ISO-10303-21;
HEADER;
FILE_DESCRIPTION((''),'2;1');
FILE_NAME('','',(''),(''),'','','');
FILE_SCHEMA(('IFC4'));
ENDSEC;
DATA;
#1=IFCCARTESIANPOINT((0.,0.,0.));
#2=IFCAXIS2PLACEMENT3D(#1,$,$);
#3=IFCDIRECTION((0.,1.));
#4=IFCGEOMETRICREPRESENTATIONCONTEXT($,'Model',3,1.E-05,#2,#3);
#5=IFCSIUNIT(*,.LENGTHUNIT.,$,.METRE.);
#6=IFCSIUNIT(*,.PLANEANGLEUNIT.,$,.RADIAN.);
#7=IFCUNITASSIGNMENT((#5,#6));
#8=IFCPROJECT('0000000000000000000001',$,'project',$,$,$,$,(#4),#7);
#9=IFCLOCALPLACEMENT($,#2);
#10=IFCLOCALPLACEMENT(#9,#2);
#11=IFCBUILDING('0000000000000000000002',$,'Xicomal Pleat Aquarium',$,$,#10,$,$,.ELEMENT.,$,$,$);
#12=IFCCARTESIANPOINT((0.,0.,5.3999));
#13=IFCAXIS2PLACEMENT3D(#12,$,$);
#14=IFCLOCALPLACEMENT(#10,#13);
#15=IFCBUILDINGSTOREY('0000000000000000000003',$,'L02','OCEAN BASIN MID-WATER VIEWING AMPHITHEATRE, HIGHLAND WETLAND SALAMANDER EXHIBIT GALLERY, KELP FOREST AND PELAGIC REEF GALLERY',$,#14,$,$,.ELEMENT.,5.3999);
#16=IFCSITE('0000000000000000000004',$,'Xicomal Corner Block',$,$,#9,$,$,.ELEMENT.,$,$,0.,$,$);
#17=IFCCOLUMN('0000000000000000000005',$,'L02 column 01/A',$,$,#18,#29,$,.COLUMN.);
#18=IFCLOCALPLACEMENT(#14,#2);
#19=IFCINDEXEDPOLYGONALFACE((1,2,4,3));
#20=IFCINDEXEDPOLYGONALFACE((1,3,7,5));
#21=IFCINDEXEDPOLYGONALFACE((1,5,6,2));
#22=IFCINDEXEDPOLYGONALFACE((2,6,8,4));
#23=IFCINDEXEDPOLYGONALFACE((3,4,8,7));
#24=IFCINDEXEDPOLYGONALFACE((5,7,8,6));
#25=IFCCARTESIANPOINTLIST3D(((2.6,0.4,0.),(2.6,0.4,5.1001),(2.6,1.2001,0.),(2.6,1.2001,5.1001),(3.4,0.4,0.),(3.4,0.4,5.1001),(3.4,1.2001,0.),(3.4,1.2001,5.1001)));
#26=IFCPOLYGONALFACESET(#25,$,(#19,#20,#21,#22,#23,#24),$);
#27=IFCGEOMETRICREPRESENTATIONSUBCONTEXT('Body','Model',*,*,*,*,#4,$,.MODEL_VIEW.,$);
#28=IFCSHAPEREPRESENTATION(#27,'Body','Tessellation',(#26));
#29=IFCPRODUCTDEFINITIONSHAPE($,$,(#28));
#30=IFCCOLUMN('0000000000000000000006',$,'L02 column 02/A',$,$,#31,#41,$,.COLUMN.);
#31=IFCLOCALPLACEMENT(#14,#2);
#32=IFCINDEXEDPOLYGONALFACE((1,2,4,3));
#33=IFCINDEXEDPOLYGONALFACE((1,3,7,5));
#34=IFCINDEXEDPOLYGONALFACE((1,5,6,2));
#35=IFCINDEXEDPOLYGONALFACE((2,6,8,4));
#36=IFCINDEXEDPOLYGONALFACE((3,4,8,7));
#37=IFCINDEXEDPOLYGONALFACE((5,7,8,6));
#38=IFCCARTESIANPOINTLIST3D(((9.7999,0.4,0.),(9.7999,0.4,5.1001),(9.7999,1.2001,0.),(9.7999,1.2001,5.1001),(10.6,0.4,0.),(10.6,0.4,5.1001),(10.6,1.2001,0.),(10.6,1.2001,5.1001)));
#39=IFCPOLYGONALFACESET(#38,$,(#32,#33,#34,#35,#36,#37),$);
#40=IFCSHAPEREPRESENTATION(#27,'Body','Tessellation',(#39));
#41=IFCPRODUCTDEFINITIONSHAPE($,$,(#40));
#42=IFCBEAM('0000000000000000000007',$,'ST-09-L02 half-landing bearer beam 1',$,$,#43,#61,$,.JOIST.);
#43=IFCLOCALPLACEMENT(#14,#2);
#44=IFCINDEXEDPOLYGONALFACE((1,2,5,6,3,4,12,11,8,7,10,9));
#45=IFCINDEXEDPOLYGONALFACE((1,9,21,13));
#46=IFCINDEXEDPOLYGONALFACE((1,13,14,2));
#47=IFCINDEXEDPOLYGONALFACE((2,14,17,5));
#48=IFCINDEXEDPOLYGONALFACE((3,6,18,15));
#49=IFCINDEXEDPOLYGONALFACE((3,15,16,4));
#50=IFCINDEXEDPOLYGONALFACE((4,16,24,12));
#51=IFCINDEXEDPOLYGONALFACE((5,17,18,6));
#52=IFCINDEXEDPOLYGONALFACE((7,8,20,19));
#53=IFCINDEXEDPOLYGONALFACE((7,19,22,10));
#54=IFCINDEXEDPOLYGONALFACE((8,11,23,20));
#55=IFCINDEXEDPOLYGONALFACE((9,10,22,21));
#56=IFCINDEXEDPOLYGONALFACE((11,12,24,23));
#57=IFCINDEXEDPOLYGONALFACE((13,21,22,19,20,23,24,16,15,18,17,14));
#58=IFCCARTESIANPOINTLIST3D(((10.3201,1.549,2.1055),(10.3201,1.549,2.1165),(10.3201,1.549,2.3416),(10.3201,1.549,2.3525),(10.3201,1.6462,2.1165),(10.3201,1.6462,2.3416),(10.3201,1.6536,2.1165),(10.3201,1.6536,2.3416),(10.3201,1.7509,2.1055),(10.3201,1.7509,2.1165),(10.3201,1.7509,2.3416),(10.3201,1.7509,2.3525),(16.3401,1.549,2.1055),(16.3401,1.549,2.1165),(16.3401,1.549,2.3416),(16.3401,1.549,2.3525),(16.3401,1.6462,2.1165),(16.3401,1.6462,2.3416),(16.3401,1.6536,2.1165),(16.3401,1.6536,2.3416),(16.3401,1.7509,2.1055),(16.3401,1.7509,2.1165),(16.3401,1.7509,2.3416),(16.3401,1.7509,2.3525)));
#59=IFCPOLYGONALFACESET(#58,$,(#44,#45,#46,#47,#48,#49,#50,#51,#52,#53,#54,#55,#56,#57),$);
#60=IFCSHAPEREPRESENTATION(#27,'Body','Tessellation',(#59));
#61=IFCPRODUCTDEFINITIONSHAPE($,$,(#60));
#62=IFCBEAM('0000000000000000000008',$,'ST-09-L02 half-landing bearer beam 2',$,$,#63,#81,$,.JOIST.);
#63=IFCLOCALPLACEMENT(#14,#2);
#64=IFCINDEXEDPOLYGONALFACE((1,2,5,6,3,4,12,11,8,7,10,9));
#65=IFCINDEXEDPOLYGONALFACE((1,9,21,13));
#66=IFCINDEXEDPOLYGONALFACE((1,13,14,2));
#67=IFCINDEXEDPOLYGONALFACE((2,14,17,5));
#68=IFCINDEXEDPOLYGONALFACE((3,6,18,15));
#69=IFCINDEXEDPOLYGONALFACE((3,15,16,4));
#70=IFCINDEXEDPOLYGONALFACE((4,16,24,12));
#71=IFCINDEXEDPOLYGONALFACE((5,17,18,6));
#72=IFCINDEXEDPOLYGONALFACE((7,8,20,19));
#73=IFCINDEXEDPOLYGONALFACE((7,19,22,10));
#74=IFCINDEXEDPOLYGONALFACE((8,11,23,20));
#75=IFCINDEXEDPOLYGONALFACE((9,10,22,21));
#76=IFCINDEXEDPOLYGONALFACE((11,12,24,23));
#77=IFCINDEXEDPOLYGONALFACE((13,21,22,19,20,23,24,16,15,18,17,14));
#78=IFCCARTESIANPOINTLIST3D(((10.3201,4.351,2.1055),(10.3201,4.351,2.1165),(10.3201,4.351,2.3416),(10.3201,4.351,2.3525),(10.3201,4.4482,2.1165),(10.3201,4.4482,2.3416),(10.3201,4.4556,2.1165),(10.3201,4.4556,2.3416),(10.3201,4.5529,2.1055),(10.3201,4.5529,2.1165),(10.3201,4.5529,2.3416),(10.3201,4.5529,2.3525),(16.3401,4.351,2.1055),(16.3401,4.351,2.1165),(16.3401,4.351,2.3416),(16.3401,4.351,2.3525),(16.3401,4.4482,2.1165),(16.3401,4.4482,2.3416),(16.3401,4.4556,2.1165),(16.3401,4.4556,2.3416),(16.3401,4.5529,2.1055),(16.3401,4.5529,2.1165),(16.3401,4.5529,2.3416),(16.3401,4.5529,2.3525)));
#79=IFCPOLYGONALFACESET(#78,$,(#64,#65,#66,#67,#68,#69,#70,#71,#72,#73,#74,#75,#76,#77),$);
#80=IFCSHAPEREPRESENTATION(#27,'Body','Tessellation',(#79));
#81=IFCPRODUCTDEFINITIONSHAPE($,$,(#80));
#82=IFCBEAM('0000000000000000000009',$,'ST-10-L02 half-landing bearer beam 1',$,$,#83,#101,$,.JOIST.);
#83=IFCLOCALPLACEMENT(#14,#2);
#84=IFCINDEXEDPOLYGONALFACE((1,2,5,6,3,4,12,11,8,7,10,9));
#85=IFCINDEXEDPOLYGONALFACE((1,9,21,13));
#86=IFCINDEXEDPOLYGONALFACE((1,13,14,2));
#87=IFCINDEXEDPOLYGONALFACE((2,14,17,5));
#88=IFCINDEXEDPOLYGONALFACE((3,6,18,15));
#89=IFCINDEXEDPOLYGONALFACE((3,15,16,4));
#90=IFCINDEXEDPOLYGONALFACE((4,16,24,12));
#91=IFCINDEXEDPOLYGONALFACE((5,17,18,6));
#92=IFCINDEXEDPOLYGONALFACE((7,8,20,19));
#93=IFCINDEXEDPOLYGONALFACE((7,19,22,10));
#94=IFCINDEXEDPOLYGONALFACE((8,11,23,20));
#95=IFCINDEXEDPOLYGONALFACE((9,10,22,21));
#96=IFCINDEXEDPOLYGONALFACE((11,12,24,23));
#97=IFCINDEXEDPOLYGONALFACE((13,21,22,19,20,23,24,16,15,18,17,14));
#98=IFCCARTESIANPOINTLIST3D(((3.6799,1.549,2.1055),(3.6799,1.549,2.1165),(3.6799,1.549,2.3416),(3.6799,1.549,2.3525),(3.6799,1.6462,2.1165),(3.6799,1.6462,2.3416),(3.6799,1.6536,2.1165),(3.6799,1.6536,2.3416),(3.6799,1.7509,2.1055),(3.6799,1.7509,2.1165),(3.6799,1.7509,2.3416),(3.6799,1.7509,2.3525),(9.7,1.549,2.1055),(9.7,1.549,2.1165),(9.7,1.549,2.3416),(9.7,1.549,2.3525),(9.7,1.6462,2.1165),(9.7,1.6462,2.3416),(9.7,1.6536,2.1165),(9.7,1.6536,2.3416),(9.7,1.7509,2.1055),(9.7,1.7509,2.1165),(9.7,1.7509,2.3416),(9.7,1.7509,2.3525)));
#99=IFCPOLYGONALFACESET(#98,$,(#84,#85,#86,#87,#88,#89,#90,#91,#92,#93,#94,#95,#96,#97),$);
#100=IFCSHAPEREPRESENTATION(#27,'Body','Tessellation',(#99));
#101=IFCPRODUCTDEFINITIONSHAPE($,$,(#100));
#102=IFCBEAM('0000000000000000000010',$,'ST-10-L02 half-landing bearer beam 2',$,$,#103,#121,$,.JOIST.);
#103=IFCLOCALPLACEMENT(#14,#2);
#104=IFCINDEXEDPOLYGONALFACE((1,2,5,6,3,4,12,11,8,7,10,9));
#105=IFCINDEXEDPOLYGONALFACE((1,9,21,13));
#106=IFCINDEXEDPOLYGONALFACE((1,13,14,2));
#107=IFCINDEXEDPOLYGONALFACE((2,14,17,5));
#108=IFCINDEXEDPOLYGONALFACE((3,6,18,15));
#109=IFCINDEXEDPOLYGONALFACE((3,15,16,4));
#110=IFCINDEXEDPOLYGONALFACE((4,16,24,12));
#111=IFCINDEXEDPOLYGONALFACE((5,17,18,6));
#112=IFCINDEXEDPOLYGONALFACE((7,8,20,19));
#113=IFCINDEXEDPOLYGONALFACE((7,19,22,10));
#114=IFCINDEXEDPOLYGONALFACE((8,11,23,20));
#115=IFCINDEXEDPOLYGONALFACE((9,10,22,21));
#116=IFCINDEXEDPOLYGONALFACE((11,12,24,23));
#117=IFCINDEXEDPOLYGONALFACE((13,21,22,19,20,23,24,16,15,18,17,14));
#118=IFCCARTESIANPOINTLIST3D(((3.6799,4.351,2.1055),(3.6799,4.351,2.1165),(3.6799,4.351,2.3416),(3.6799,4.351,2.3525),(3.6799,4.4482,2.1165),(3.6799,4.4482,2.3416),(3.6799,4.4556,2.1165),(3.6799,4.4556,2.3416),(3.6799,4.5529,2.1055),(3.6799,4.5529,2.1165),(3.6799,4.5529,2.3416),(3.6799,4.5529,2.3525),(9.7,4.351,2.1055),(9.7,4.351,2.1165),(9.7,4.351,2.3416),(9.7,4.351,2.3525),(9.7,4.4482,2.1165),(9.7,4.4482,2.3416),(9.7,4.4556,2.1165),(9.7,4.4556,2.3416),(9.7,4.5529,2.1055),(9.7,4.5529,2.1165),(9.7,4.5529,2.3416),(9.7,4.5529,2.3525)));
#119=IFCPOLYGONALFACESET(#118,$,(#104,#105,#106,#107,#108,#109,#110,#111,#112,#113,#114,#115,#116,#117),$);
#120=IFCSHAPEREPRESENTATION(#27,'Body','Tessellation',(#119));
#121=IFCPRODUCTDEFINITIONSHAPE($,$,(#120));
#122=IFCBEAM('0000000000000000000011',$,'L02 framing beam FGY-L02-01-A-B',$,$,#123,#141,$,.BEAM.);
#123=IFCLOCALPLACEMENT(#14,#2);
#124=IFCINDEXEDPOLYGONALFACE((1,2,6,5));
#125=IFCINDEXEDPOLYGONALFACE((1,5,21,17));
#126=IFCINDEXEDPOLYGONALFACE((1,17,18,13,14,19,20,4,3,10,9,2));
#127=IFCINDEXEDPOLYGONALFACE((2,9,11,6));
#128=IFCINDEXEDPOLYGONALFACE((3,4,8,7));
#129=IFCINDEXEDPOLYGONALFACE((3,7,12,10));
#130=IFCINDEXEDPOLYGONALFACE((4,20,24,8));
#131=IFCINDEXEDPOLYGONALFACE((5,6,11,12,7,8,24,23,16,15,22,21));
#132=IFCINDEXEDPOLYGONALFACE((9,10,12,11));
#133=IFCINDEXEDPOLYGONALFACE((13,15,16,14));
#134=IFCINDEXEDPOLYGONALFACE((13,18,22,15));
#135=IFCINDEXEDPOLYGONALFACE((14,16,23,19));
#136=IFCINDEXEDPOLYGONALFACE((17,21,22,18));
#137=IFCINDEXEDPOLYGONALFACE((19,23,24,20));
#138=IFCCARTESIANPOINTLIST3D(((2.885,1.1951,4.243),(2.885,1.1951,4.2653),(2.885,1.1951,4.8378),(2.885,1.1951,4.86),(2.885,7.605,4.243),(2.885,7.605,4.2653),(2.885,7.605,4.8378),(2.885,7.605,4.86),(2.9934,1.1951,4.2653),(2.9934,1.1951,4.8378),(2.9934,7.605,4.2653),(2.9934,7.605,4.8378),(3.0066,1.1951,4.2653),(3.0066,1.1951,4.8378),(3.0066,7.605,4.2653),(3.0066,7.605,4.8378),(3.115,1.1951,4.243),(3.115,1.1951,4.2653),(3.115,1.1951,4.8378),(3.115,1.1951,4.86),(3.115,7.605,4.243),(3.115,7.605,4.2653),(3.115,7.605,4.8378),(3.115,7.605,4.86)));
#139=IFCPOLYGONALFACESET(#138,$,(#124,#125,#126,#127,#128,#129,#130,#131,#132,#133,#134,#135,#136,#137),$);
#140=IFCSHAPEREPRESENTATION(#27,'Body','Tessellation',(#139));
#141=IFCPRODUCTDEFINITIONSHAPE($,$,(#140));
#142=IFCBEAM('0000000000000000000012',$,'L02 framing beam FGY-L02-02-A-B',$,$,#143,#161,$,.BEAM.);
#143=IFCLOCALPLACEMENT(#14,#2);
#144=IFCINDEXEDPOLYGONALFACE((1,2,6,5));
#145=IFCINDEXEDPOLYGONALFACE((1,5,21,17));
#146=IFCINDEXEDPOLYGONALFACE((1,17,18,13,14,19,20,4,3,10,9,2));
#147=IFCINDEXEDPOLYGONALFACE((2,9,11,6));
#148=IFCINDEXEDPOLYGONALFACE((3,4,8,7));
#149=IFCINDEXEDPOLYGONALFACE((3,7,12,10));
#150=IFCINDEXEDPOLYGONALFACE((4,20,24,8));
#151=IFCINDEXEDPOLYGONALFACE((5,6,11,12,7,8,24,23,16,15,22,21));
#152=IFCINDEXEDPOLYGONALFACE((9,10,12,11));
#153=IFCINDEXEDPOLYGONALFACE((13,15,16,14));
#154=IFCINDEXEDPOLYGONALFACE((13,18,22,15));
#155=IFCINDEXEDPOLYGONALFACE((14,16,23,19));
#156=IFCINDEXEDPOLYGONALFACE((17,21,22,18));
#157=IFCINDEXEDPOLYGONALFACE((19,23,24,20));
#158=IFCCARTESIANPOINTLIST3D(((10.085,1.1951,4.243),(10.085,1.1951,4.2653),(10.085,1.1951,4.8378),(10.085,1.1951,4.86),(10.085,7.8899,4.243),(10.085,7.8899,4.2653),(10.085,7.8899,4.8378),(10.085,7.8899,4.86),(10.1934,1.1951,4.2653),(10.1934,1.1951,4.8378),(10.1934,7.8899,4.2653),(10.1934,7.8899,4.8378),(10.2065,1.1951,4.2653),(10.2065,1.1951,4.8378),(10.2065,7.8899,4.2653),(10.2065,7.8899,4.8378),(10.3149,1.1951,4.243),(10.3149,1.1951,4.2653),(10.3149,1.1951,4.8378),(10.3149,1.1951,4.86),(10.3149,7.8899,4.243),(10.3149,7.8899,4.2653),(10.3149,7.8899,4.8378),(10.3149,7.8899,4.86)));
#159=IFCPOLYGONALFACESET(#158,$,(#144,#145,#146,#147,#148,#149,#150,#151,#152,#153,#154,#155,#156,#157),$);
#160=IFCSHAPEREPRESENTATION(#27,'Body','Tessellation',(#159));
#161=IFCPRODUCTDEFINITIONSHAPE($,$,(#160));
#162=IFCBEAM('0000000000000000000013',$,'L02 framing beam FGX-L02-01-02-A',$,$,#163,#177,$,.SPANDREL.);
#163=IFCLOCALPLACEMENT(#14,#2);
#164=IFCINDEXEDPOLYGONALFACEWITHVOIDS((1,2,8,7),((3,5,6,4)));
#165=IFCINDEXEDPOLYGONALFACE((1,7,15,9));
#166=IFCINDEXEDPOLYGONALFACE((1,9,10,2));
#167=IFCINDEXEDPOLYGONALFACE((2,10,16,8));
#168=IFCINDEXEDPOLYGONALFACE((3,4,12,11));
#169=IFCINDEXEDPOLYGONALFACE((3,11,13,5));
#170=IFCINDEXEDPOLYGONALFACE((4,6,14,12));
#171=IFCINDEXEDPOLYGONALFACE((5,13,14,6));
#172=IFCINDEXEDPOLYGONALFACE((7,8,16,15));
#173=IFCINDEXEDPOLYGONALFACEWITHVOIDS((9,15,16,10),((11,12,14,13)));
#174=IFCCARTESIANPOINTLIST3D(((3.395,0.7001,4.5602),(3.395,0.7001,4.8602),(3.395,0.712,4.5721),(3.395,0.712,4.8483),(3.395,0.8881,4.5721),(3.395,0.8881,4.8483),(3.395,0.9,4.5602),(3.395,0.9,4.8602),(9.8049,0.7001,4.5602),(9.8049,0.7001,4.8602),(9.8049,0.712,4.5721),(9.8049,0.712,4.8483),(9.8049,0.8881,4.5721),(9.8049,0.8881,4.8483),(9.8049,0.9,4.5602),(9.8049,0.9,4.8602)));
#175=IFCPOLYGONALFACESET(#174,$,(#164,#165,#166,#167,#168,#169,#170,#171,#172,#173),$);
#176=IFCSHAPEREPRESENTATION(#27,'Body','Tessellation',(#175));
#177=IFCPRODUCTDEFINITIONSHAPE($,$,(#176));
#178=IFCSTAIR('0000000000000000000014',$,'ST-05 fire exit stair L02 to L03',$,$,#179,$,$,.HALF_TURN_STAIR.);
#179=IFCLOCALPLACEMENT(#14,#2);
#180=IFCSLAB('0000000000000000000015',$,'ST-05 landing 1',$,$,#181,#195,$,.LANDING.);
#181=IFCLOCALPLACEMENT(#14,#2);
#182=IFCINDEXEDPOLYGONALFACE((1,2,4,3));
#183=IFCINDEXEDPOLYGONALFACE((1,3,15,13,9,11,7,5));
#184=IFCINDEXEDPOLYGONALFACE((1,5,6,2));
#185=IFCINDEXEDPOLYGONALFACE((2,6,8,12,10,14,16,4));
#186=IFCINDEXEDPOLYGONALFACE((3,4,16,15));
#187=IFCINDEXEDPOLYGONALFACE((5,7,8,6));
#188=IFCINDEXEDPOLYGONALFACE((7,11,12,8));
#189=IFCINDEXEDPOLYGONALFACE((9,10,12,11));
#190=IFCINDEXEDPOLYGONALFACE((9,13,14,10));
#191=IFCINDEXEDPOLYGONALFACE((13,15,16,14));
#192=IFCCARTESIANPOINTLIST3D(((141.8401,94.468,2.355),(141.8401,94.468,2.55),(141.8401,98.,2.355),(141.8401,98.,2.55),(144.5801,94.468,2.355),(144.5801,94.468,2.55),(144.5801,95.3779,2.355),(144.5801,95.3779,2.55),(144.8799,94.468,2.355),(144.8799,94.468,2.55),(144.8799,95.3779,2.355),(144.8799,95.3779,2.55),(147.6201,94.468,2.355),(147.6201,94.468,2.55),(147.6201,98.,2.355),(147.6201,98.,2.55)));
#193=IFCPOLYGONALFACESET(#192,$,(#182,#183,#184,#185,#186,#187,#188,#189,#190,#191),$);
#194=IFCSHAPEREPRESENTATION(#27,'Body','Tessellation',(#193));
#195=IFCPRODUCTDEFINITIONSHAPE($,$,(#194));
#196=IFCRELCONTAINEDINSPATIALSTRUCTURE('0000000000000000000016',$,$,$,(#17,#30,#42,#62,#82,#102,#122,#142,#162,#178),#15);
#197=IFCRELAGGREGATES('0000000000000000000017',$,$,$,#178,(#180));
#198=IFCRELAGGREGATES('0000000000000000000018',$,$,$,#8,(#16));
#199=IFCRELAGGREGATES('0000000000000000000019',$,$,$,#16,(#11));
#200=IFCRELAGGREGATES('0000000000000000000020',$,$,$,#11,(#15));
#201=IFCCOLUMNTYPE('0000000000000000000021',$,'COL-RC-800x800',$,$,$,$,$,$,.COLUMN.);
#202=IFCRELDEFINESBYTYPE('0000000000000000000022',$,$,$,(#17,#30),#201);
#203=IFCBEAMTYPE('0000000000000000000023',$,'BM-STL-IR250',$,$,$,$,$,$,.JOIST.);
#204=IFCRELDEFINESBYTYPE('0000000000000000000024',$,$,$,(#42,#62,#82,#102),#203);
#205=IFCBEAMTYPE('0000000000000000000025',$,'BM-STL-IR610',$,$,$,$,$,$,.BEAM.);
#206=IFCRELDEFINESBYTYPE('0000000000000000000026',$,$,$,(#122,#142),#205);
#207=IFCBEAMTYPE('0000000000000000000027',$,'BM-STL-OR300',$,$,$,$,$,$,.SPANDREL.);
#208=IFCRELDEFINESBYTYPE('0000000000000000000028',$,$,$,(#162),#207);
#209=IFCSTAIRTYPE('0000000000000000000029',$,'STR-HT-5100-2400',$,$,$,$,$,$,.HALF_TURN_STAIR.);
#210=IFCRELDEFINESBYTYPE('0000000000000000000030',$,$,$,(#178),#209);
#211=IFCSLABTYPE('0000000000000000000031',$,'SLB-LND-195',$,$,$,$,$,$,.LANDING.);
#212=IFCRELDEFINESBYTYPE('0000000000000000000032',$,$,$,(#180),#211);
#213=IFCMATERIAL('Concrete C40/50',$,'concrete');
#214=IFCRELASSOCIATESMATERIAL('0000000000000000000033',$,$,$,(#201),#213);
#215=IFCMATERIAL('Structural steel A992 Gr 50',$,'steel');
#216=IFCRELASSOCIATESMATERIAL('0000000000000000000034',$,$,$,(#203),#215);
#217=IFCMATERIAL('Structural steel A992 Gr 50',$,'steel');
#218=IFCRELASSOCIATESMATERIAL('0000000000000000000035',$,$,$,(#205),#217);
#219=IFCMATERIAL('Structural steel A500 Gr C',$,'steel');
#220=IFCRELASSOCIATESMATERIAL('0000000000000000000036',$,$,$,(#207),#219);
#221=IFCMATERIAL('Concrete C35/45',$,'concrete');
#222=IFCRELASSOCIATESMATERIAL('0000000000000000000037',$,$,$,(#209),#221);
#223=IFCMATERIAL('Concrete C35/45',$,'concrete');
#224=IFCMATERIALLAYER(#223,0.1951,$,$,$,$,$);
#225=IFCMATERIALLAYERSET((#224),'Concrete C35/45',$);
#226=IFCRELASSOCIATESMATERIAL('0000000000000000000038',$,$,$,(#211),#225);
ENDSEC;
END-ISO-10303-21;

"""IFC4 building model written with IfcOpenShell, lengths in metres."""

from ifc_helpers import new_model, si_unit, direction, frame, origin, origin_2d, place, context, subcontext, project, spatial, polyline, rectangle, hollow_rectangle, i_section, outline, extrude, material, layer, layer_set, material_profile, profile_set, type_object, element, aggregate, save


model = new_model("IFC4")

# Units and contexts
model_context = context("Model", 3, precision=1e-05, world=origin(), true_north=direction((0.0, 1.0)))
body_context = subcontext(model_context, "Body", "Model", "MODEL_VIEW")
ifc_project = project(units=[si_unit("LENGTHUNIT", "METRE"), si_unit("PLANEANGLEUNIT", "RADIAN")], contexts=[model_context])

# Site, building, storey
site_placement = place(None, origin())
site = spatial("IfcSite", under=ifc_project, at=site_placement, Name="Xicomal Corner Block", CompositionType="ELEMENT", RefElevation=0.0)
building_placement = place(site_placement, origin())
building = spatial("IfcBuilding", under=site, at=building_placement, Name="Xicomal Pleat Aquarium", CompositionType="ELEMENT")
storey_placement = place(building_placement, frame((0.0, 0.0, 5.3999)))
storey = spatial("IfcBuildingStorey", under=building, at=storey_placement, Name="L02", Description="OCEAN BASIN MID-WATER VIEWING AMPHITHEATRE, HIGHLAND WETLAND SALAMANDER EXHIBIT GALLERY, KELP FOREST AND PELAGIC REEF GALLERY", CompositionType="ELEMENT", Elevation=5.3999)

# Columns
ifc_material_1 = material(Name="Concrete C40/50", Category="concrete")
ifc_material_profile_1 = material_profile(ifc_material_1, rectangle(XDim=0.8, YDim=0.8, at=origin_2d()), Name="RC 800x800")
ifc_profile_set_1 = profile_set([ifc_material_profile_1], Name="Concrete C40/50")
column_type = type_object("IfcColumnType", Name="COL-RC-800x800", PredefinedType="COLUMN", material=ifc_profile_set_1)
for number, where, z_axis, x_axis, name in (
    (1, (3.0, 0.8, 0.0), (0.0, 0.0, 1.0), (1.0, 0.0, 0.0), "L02 column 01/A"),
    (2, (10.2, 0.8, 0.0), (0.0, 0.0, 1.0), (1.0, 0.0, 0.0), "L02 column 02/A"),
):
    element("IfcColumn", number, at=place(storey_placement, frame(where, z_axis=z_axis, x_axis=x_axis)), inside=storey, type_object=column_type, Name=name, PredefinedType="COLUMN", context=body_context, shape_type="SweptSolid", body=[
        extrude(rectangle(XDim=0.8, YDim=0.8, at=origin_2d()), origin(), (0.0, 0.0, 1.0), 5.1001),
    ])

# Beams
ifc_material_2 = material(Name="Structural steel A992 Gr 50", Category="steel")
ifc_material_profile_2 = material_profile(ifc_material_2, i_section(OverallWidth=0.2019, OverallDepth=0.2471, WebThickness=0.0073, FlangeThickness=0.011, at=origin_2d()), Name="IR 250x49")
ifc_profile_set_2 = profile_set([ifc_material_profile_2], Name="Structural steel A992 Gr 50")
beam_type_1 = type_object("IfcBeamType", Name="BM-STL-IR250", PredefinedType="JOIST", material=ifc_profile_set_2)
for number, where, z_axis, x_axis, name in (
    (3, (10.3201, 1.6499, 2.229), (1.0, 0.0, 0.0), (0.0, 1.0, 0.0), "ST-09-L02 half-landing bearer beam 1"),
    (4, (10.3201, 4.4519, 2.229), (1.0, 0.0, 0.0), (0.0, 1.0, 0.0), "ST-09-L02 half-landing bearer beam 2"),
    (5, (3.6799, 1.6499, 2.229), (1.0, 0.0, 0.0), (0.0, 1.0, 0.0), "ST-10-L02 half-landing bearer beam 1"),
    (6, (3.6799, 4.4519, 2.229), (1.0, 0.0, 0.0), (0.0, 1.0, 0.0), "ST-10-L02 half-landing bearer beam 2"),
):
    element("IfcBeam", number, at=place(storey_placement, frame(where, z_axis=z_axis, x_axis=x_axis)), inside=storey, type_object=beam_type_1, Name=name, PredefinedType="JOIST", context=body_context, shape_type="SweptSolid", body=[
        extrude(i_section(OverallWidth=0.2019, OverallDepth=0.2471, WebThickness=0.0073, FlangeThickness=0.011, at=origin_2d()), origin(), (0.0, 0.0, 1.0), 6.02),
    ])
ifc_material_3 = material(Name="Structural steel A992 Gr 50", Category="steel")
ifc_material_profile_3 = material_profile(ifc_material_3, i_section(OverallWidth=0.23, OverallDepth=0.6169, WebThickness=0.0132, FlangeThickness=0.0222, at=origin_2d()), Name="IR 610x140")
ifc_profile_set_3 = profile_set([ifc_material_profile_3], Name="Structural steel A992 Gr 50")
beam_type_2 = type_object("IfcBeamType", Name="BM-STL-IR610", PredefinedType="BEAM", material=ifc_profile_set_3)
beam_1_placement = place(storey_placement, frame((3.0, 1.1951, 4.5515), z_axis=(0.0, 1.0, 0.0), x_axis=(-1.0, 0.0, 0.0)))
element("IfcBeam", 7, at=beam_1_placement, inside=storey, type_object=beam_type_2, Name="L02 framing beam FGY-L02-01-A-B", PredefinedType="BEAM", context=body_context, shape_type="SweptSolid", body=[
    extrude(i_section(OverallWidth=0.23, OverallDepth=0.6169, WebThickness=0.0132, FlangeThickness=0.0222, at=origin_2d()), origin(), (0.0, 0.0, 1.0), 6.4099),
])
beam_2_placement = place(storey_placement, frame((10.2, 1.1951, 4.5515), z_axis=(0.0, 1.0, 0.0), x_axis=(-1.0, 0.0, 0.0)))
element("IfcBeam", 8, at=beam_2_placement, inside=storey, type_object=beam_type_2, Name="L02 framing beam FGY-L02-02-A-B", PredefinedType="BEAM", context=body_context, shape_type="SweptSolid", body=[
    extrude(i_section(OverallWidth=0.23, OverallDepth=0.6169, WebThickness=0.0132, FlangeThickness=0.0222, at=origin_2d()), origin(), (0.0, 0.0, 1.0), 6.6948),
])
ifc_material_4 = material(Name="Structural steel A500 Gr C", Category="steel")
ifc_material_profile_4 = material_profile(ifc_material_4, hollow_rectangle(XDim=0.2, YDim=0.3, WallThickness=0.012, at=origin_2d()), Name="OR 300x200x12")
ifc_profile_set_4 = profile_set([ifc_material_profile_4], Name="Structural steel A500 Gr C")
beam_type_3 = type_object("IfcBeamType", Name="BM-STL-OR300", PredefinedType="SPANDREL", material=ifc_profile_set_4)
beam_3_placement = place(storey_placement, frame((3.395, 0.8, 4.7102), z_axis=(1.0, 0.0, 0.0), x_axis=(0.0, 1.0, 0.0)))
element("IfcBeam", 9, at=beam_3_placement, inside=storey, type_object=beam_type_3, Name="L02 framing beam FGX-L02-01-02-A", PredefinedType="SPANDREL", context=body_context, shape_type="SweptSolid", body=[
    extrude(hollow_rectangle(XDim=0.2, YDim=0.3, WallThickness=0.012, at=origin_2d()), origin(), (0.0, 0.0, 1.0), 6.4099),
])

# Stair, slab
ifc_material_5 = material(Name="Concrete C35/45", Category="concrete")
stair_type = type_object("IfcStairType", Name="STR-HT-5100-2400", PredefinedType="HALF_TURN_STAIR", material=ifc_material_5)
stair_1_placement = place(storey_placement, origin())
stair_1 = element("IfcStair", 10, at=stair_1_placement, inside=storey, type_object=stair_type, Name="ST-05 fire exit stair L02 to L03", PredefinedType="HALF_TURN_STAIR")
ifc_material_6 = material(Name="Concrete C35/45", Category="concrete")
ifc_layer_1 = layer(ifc_material_6, 0.1951)
ifc_layer_set_1 = layer_set([ifc_layer_1], Name="Concrete C35/45")
slab_type = type_object("IfcSlabType", Name="SLB-LND-195", PredefinedType="LANDING", material=ifc_layer_set_1)
slab_1_placement = place(storey_placement, frame((0.0, 0.0, 2.355)))
slab_1 = element("IfcSlab", 11, at=slab_1_placement, type_object=slab_type, Name="ST-05 landing 1", PredefinedType="LANDING", context=body_context, shape_type="SweptSolid", body=[
    extrude(outline(polyline([(141.8401, 98.0), (147.6201, 98.0), (147.6201, 94.468), (144.8799, 94.468), (144.8799, 95.3779), (144.5801, 95.3779), (144.5801, 94.468), (141.8401, 94.468), (141.8401, 98.0)])), origin(), (0.0, 0.0, 1.0), 0.1951),
])
aggregate(stair_1, [slab_1])

save(model, "model.ifc")
